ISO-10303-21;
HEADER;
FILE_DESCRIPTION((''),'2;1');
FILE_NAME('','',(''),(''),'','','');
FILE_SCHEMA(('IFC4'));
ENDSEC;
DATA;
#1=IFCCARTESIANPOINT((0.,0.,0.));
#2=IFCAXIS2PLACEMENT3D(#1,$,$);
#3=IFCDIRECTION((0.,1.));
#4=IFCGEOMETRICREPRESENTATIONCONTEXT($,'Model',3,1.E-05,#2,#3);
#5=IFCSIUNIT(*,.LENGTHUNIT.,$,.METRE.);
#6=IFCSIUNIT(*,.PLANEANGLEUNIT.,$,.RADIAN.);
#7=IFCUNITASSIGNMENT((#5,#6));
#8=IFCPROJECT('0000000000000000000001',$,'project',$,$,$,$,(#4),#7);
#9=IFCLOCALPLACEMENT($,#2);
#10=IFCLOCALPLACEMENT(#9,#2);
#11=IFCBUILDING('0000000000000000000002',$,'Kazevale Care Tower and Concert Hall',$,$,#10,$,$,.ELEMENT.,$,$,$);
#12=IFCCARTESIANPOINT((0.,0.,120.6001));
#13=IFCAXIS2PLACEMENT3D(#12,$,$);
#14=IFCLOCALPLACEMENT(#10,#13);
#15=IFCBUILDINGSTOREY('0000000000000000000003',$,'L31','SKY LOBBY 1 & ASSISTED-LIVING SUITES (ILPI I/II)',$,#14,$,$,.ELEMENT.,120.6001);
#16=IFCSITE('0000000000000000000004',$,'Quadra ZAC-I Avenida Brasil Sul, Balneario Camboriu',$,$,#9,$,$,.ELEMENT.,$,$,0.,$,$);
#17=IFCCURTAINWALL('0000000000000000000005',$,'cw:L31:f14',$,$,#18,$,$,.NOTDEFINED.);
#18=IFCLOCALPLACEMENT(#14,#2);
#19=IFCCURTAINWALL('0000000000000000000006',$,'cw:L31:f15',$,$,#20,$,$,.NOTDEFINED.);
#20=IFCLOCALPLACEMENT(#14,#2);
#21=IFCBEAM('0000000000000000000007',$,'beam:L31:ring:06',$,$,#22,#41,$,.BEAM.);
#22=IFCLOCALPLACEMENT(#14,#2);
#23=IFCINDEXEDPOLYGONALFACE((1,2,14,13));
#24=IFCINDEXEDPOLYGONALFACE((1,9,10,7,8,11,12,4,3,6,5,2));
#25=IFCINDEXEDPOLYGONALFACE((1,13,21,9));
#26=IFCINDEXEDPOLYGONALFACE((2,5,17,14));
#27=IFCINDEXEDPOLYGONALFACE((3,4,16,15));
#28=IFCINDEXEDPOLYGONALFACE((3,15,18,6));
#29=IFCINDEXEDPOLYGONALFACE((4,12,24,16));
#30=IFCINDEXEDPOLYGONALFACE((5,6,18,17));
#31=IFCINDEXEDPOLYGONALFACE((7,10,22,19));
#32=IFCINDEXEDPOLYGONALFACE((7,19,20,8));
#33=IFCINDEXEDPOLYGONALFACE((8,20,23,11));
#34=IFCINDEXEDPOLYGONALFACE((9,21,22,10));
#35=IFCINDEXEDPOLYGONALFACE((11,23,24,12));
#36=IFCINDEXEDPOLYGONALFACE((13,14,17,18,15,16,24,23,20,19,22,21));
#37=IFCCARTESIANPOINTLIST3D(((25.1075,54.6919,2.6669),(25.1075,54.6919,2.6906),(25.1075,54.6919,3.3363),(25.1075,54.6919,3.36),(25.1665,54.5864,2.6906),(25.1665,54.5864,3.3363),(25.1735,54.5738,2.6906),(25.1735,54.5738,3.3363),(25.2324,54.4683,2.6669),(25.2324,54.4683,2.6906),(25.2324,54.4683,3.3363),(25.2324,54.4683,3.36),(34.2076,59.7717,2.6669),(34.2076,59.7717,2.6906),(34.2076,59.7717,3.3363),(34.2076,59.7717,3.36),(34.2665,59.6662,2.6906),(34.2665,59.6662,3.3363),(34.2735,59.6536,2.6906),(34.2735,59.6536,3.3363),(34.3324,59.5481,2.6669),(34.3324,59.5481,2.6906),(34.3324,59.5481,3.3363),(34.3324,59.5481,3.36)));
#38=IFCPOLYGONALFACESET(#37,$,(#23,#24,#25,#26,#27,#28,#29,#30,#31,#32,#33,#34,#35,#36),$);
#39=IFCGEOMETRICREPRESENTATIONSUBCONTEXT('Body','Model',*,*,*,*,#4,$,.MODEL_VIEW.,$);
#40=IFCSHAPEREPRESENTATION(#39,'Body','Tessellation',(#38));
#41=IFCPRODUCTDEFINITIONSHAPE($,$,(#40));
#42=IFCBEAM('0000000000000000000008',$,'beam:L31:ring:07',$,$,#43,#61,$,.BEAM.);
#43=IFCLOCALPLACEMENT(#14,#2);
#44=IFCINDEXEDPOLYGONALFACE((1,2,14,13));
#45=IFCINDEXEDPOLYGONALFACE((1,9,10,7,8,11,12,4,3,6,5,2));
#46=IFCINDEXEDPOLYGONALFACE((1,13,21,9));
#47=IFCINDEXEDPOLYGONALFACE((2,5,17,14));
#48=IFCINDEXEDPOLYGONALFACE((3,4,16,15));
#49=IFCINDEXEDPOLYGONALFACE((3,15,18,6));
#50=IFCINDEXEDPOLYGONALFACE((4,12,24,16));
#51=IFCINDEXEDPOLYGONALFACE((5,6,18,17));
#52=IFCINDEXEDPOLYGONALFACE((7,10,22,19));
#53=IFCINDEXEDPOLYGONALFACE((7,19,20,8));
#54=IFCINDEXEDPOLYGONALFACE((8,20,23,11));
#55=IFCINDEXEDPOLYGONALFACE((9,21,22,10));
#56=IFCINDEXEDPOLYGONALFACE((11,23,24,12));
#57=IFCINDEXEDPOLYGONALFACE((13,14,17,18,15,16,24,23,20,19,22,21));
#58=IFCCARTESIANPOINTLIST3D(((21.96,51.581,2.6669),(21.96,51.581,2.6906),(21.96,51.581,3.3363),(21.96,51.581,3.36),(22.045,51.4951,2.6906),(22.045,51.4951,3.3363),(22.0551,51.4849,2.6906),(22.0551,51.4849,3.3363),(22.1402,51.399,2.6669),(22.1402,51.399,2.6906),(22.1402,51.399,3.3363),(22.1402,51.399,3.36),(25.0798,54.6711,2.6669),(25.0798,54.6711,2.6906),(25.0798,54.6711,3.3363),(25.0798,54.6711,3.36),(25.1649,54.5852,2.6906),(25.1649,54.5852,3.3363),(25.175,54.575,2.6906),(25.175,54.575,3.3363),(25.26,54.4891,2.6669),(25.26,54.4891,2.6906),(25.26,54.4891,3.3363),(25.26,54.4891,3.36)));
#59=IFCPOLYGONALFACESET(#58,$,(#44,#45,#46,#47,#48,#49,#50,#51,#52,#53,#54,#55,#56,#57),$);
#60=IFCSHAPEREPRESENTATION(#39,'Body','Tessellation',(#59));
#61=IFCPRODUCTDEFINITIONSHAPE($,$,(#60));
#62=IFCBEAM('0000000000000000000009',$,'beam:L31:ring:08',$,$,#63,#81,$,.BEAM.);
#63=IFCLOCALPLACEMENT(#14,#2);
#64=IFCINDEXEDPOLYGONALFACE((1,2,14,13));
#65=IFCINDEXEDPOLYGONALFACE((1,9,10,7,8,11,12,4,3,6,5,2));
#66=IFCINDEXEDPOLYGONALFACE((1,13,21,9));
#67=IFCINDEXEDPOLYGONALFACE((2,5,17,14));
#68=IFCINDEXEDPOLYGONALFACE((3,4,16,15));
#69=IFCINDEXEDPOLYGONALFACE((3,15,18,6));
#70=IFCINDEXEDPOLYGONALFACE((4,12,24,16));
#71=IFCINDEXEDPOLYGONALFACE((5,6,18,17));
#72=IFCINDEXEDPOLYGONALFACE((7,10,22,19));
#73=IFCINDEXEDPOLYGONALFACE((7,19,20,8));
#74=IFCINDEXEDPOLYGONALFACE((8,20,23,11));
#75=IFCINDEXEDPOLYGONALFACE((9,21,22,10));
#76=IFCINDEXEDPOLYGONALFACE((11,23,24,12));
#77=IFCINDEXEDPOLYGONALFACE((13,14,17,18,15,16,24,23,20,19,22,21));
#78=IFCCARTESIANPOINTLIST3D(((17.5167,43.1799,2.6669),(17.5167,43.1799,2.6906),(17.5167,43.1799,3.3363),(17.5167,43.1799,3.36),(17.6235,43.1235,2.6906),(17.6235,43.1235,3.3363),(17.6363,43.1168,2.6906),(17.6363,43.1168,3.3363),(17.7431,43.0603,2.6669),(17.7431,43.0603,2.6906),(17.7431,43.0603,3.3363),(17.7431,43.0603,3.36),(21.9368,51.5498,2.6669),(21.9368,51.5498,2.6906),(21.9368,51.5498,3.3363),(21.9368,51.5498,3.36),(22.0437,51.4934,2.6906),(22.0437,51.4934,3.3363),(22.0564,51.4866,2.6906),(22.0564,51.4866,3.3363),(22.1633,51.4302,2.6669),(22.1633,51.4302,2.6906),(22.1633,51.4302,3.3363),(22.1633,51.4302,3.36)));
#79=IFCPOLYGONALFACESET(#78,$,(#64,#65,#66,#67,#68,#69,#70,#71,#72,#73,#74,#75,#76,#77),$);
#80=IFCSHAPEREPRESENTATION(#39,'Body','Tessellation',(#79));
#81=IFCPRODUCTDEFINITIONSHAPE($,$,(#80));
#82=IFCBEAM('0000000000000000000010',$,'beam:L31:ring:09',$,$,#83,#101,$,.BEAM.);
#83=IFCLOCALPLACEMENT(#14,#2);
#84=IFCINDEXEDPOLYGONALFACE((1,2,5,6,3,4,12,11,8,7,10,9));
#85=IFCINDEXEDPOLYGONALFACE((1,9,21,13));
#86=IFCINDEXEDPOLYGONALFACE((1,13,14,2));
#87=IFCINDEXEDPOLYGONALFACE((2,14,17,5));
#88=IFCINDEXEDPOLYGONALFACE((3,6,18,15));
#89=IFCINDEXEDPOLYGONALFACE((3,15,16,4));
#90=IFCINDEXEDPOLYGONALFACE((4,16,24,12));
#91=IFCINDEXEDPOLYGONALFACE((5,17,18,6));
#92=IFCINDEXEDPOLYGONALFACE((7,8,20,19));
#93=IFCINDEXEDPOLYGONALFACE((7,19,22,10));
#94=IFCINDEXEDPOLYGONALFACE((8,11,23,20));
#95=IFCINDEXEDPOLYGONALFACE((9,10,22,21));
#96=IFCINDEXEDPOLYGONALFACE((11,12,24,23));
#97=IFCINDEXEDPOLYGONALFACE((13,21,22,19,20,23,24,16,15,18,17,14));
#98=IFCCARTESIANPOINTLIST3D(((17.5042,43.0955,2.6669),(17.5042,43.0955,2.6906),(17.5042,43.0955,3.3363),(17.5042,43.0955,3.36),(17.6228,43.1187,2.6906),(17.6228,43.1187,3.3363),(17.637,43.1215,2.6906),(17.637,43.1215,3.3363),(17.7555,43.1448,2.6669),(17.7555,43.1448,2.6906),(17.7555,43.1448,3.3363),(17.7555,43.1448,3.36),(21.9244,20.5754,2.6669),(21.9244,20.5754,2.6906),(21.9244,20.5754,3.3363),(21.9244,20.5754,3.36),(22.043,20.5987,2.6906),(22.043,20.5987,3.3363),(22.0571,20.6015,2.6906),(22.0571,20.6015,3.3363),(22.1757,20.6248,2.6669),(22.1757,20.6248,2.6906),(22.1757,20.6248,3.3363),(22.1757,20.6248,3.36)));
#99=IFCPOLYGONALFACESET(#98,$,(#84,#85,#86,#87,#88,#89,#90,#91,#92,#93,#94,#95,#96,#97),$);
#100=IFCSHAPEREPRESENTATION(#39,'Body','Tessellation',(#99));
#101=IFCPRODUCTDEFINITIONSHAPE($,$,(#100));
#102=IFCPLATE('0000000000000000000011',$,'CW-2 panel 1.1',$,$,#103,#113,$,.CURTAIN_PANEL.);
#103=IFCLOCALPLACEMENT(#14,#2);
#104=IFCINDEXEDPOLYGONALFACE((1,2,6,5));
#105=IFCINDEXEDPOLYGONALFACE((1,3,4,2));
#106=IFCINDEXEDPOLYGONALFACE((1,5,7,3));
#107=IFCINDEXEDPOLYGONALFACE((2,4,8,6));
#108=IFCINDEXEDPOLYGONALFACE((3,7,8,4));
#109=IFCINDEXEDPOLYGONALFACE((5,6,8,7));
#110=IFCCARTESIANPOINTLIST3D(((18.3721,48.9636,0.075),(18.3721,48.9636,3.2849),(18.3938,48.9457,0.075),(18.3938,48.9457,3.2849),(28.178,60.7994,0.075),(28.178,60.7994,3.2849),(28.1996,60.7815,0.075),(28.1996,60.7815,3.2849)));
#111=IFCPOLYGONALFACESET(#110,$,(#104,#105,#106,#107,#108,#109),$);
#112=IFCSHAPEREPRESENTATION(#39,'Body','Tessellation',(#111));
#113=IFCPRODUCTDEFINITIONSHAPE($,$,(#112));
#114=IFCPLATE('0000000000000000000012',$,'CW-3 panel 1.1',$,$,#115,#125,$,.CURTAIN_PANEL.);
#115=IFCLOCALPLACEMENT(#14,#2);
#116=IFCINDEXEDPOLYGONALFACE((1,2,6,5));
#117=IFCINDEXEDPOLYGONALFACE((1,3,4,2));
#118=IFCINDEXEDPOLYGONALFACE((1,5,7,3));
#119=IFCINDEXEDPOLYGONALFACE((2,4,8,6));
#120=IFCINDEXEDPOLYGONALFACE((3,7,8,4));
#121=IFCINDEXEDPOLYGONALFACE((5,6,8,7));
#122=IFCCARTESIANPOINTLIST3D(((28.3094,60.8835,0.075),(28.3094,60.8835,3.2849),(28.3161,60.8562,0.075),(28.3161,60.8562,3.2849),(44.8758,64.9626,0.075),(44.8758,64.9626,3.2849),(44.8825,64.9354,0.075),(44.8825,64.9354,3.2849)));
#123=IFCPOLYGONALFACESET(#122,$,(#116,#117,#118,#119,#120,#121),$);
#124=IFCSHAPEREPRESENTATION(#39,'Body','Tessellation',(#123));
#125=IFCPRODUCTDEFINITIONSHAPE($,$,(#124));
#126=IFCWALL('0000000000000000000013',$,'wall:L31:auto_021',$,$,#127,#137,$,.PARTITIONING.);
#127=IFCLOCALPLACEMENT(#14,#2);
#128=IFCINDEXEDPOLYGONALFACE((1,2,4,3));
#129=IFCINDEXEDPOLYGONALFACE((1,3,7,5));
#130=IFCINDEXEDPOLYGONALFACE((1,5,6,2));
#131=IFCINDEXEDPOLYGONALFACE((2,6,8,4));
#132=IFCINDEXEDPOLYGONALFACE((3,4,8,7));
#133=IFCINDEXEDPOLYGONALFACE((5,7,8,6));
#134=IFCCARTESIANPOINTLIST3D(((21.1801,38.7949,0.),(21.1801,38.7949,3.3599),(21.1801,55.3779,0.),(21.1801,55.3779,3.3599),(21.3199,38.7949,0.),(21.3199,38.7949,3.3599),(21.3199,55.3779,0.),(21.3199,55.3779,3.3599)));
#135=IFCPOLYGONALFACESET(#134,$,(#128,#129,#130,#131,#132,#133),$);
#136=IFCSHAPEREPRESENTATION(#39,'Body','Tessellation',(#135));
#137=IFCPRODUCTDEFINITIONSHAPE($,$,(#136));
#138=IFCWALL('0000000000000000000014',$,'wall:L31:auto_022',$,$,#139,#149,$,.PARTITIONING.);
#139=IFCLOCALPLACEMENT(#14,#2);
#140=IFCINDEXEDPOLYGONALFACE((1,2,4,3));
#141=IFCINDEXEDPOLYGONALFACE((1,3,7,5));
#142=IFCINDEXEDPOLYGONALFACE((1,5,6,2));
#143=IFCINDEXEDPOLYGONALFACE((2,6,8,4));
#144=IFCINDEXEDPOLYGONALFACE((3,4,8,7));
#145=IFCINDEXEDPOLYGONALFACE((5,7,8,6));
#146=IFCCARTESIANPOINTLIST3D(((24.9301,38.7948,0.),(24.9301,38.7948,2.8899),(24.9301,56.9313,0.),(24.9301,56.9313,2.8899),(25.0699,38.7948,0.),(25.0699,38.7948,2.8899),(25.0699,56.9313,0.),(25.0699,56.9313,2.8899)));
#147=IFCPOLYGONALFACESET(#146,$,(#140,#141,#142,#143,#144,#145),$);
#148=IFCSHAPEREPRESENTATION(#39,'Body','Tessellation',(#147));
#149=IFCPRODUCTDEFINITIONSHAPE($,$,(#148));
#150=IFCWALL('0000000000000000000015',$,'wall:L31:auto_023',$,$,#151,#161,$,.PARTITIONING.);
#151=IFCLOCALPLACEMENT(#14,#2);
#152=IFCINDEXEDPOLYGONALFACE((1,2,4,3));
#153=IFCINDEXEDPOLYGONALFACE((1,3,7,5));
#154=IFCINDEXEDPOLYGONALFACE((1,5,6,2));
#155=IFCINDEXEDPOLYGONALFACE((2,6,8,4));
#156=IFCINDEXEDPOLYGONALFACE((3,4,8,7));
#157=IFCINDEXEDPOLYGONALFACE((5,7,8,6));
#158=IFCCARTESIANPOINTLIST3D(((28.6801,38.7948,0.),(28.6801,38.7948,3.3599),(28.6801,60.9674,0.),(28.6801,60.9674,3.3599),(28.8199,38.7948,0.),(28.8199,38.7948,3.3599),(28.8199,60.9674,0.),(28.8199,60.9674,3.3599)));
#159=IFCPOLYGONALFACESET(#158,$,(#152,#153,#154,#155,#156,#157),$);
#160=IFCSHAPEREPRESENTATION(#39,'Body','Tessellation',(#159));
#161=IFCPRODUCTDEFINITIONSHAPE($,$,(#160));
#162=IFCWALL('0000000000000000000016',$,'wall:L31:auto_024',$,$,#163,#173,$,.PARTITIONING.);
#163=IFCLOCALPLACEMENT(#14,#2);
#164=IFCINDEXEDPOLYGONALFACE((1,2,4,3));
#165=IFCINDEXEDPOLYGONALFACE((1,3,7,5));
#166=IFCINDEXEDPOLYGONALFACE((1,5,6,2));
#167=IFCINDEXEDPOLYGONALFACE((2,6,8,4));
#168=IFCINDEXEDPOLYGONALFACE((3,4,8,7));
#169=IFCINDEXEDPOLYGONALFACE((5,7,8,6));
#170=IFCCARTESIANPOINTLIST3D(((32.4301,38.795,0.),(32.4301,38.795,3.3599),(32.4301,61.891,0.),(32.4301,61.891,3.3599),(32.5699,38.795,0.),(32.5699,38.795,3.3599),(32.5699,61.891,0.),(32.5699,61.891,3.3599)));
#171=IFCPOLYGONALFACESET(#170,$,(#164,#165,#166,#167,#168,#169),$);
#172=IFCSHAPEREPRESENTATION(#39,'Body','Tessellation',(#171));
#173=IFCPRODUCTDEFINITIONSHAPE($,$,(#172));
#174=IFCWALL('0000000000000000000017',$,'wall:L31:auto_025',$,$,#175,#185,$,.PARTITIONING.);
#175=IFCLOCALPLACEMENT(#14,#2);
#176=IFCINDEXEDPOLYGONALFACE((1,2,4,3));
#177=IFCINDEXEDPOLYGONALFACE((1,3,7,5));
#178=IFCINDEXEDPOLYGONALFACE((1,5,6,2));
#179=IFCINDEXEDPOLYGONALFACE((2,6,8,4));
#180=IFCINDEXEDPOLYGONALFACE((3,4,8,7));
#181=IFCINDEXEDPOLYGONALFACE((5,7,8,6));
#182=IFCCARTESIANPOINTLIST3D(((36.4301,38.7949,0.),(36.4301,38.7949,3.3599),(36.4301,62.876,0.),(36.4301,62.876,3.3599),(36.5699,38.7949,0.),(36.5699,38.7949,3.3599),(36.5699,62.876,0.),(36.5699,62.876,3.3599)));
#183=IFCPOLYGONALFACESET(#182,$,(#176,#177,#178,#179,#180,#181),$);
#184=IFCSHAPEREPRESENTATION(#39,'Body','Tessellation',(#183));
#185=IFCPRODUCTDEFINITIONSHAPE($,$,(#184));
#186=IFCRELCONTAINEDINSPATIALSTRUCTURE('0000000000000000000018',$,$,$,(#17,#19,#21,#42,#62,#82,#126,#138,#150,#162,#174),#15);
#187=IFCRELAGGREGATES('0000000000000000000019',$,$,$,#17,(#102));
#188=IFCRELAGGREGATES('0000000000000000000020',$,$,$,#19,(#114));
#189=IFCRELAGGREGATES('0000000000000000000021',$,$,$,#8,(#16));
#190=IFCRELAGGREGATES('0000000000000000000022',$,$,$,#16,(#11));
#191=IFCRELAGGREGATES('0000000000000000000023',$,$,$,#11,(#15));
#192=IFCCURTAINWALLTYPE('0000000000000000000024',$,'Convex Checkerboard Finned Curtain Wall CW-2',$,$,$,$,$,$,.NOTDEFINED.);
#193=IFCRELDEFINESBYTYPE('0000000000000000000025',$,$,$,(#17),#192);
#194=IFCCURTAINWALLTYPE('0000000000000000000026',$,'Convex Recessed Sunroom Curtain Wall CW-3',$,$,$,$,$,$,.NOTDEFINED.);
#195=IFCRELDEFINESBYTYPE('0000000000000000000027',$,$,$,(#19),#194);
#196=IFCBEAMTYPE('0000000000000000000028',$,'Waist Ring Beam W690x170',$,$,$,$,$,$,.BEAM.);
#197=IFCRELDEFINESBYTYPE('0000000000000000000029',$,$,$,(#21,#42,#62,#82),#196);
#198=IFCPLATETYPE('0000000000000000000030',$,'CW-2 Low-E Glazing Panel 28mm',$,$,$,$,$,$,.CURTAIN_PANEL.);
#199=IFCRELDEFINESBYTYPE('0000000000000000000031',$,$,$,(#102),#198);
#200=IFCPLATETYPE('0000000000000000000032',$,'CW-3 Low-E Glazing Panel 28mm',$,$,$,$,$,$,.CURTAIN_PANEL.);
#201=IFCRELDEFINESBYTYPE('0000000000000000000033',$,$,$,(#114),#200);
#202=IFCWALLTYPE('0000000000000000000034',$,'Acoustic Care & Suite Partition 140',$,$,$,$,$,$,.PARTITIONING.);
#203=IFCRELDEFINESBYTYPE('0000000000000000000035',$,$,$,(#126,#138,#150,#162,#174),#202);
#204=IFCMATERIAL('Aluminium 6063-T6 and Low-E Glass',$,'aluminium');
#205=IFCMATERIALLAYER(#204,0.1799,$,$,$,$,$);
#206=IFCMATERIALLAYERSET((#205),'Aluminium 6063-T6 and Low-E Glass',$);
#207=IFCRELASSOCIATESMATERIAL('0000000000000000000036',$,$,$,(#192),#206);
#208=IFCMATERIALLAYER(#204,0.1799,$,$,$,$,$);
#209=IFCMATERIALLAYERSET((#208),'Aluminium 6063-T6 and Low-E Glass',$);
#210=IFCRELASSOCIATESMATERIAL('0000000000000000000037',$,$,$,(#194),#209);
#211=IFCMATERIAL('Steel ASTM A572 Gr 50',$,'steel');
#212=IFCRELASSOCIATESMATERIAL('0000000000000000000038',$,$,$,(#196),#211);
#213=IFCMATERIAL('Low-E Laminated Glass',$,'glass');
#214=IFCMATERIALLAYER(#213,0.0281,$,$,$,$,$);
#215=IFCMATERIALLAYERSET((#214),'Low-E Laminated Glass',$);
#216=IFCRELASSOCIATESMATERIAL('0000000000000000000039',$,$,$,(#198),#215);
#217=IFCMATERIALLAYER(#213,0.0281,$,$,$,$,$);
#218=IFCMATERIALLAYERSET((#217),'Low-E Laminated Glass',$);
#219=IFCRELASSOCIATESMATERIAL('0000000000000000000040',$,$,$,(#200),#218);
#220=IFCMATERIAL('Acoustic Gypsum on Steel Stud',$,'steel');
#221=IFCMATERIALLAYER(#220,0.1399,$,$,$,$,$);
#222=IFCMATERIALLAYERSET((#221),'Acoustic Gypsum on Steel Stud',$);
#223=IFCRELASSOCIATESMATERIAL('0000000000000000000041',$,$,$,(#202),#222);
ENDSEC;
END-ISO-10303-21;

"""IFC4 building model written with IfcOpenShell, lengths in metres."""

from ifc_helpers import new_model, si_unit, direction, frame, frame_2d, origin, origin_2d, place, context, subcontext, project, spatial, rectangle, i_section, extrude, material, layer, layer_set, material_profile, profile_set, type_object, element, aggregate, save


model = new_model("IFC4")

# Units and contexts
model_context = context("Model", 3, precision=1e-05, world=origin(), true_north=direction((0.0, 1.0)))
body_context = subcontext(model_context, "Body", "Model", "MODEL_VIEW")
ifc_project = project(units=[si_unit("LENGTHUNIT", "METRE"), si_unit("PLANEANGLEUNIT", "RADIAN")], contexts=[model_context])

# Site, building, storey
site_placement = place(None, origin())
site = spatial("IfcSite", under=ifc_project, at=site_placement, Name="Quadra ZAC-I Avenida Brasil Sul, Balneario Camboriu", CompositionType="ELEMENT", RefElevation=0.0)
building_placement = place(site_placement, origin())
building = spatial("IfcBuilding", under=site, at=building_placement, Name="Kazevale Care Tower and Concert Hall", CompositionType="ELEMENT")
storey_placement = place(building_placement, frame((0.0, 0.0, 120.6001)))
storey = spatial("IfcBuildingStorey", under=building, at=storey_placement, Name="L31", Description="SKY LOBBY 1 & ASSISTED-LIVING SUITES (ILPI I/II)", CompositionType="ELEMENT", Elevation=120.6001)

# Curtain walls
ifc_material_1 = material(Name="Aluminium 6063-T6 and Low-E Glass", Category="aluminium")
ifc_layer_1 = layer(ifc_material_1, 0.1799)
ifc_layer_set_1 = layer_set([ifc_layer_1], Name="Aluminium 6063-T6 and Low-E Glass")
curtain_wall_type_1 = type_object("IfcCurtainWallType", Name="Convex Checkerboard Finned Curtain Wall CW-2", PredefinedType="NOTDEFINED", material=ifc_layer_set_1)
curtain_wall_1_placement = place(storey_placement, origin())
curtain_wall_1 = element("IfcCurtainWall", 1, at=curtain_wall_1_placement, inside=storey, type_object=curtain_wall_type_1, Name="cw:L31:f14", PredefinedType="NOTDEFINED")
ifc_layer_2 = layer(ifc_material_1, 0.1799)
ifc_layer_set_2 = layer_set([ifc_layer_2], Name="Aluminium 6063-T6 and Low-E Glass")
curtain_wall_type_2 = type_object("IfcCurtainWallType", Name="Convex Recessed Sunroom Curtain Wall CW-3", PredefinedType="NOTDEFINED", material=ifc_layer_set_2)
curtain_wall_2_placement = place(storey_placement, origin())
curtain_wall_2 = element("IfcCurtainWall", 2, at=curtain_wall_2_placement, inside=storey, type_object=curtain_wall_type_2, Name="cw:L31:f15", PredefinedType="NOTDEFINED")

# Beams
ifc_material_2 = material(Name="Steel ASTM A572 Gr 50", Category="steel")
ifc_material_profile_1 = material_profile(ifc_material_2, i_section(OverallWidth=0.2561, OverallDepth=0.6931, WebThickness=0.0144, FlangeThickness=0.0237, at=origin_2d()), Name="W690x170")
ifc_profile_set_1 = profile_set([ifc_material_profile_1], Name="Steel ASTM A572 Gr 50")
beam_type_1 = type_object("IfcBeamType", Name="Waist Ring Beam W690x170", PredefinedType="BEAM", material=ifc_profile_set_1)
beam_1_placement = place(storey_placement, frame((34.27, 59.6599, 3.0134), z_axis=(-0.873169, -0.487418, 0.0), x_axis=(0.487418, -0.873169, 0.0)))
element("IfcBeam", 3, at=beam_1_placement, inside=storey, type_object=beam_type_1, Name="beam:L31:ring:06", PredefinedType="BEAM", context=body_context, shape_type="SweptSolid", body=[
    extrude(i_section(OverallWidth=0.2561, OverallDepth=0.6931, WebThickness=0.0144, FlangeThickness=0.0237, at=origin_2d()), origin(), (0.0, 0.0, 1.0), 10.4219),
])
beam_2_placement = place(storey_placement, frame((25.1699, 54.5801, 3.0134), z_axis=(-0.71049, -0.703707, 0.0), x_axis=(0.703707, -0.71049, 0.0)))
element("IfcBeam", 4, at=beam_2_placement, inside=storey, type_object=beam_type_1, Name="beam:L31:ring:07", PredefinedType="BEAM", context=body_context, shape_type="SweptSolid", body=[
    extrude(i_section(OverallWidth=0.2561, OverallDepth=0.6931, WebThickness=0.0144, FlangeThickness=0.0237, at=origin_2d()), origin(), (0.0, 0.0, 1.0), 4.3911),
])
beam_3_placement = place(storey_placement, frame((22.05, 51.49, 3.0134), z_axis=(-0.466984, -0.884266, 0.0), x_axis=(0.884266, -0.466984, 0.0)))
element("IfcBeam", 5, at=beam_3_placement, inside=storey, type_object=beam_type_1, Name="beam:L31:ring:08", PredefinedType="BEAM", context=body_context, shape_type="SweptSolid", body=[
    extrude(i_section(OverallWidth=0.2561, OverallDepth=0.6931, WebThickness=0.0144, FlangeThickness=0.0237, at=origin_2d()), origin(), (0.0, 0.0, 1.0), 9.4653),
])
beam_4_placement = place(storey_placement, frame((17.6299, 43.1201, 3.0134), z_axis=(0.192602, -0.981277, 0.0), x_axis=(0.981277, 0.192602, 0.0)))
element("IfcBeam", 6, at=beam_4_placement, inside=storey, type_object=beam_type_1, Name="beam:L31:ring:09", PredefinedType="BEAM", context=body_context, shape_type="SweptSolid", body=[
    extrude(i_section(OverallWidth=0.2561, OverallDepth=0.6931, WebThickness=0.0144, FlangeThickness=0.0237, at=origin_2d()), origin(), (0.0, 0.0, 1.0), 22.9497),
])

# Plates
ifc_material_3 = material(Name="Low-E Laminated Glass", Category="glass")
ifc_layer_3 = layer(ifc_material_3, 0.0281)
ifc_layer_set_3 = layer_set([ifc_layer_3], Name="Low-E Laminated Glass")
plate_type_1 = type_object("IfcPlateType", Name="CW-2 Low-E Glazing Panel 28mm", PredefinedType="CURTAIN_PANEL", material=ifc_layer_set_3)
plate_1_placement = place(storey_placement, frame((23.2859, 54.8726, 0.075), z_axis=(0.0, 0.0, 1.0), x_axis=(0.637984, 0.77005, 0.0)))
plate_1 = element("IfcPlate", 7, at=plate_1_placement, type_object=plate_type_1, Name="CW-2 panel 1.1", PredefinedType="CURTAIN_PANEL", context=body_context, shape_type="SweptSolid", body=[
    extrude(rectangle(XDim=15.3701, YDim=0.0281, at=origin_2d()), origin(), (0.0, 0.0, 1.0), 3.21),
])
aggregate(curtain_wall_1, [plate_1])
ifc_layer_4 = layer(ifc_material_3, 0.0281)
ifc_layer_set_4 = layer_set([ifc_layer_4], Name="Low-E Laminated Glass")
plate_type_2 = type_object("IfcPlateType", Name="CW-3 Low-E Glazing Panel 28mm", PredefinedType="CURTAIN_PANEL", material=ifc_layer_set_4)
plate_2_placement = place(storey_placement, frame((36.5959, 62.9094, 0.075), z_axis=(0.0, 0.0, 1.0), x_axis=(0.970998, 0.239089, 0.0)))
plate_2 = element("IfcPlate", 8, at=plate_2_placement, type_object=plate_type_2, Name="CW-3 panel 1.1", PredefinedType="CURTAIN_PANEL", context=body_context, shape_type="SweptSolid", body=[
    extrude(rectangle(XDim=17.0613, YDim=0.0281, at=origin_2d()), origin(), (0.0, 0.0, 1.0), 3.21),
])
aggregate(curtain_wall_2, [plate_2])

# Walls
ifc_material_4 = material(Name="Acoustic Gypsum on Steel Stud", Category="steel")
ifc_layer_5 = layer(ifc_material_4, 0.1399)
ifc_layer_set_5 = layer_set([ifc_layer_5], Name="Acoustic Gypsum on Steel Stud")
wall_type_1 = type_object("IfcWallType", Name="Acoustic Care & Suite Partition 140", PredefinedType="PARTITIONING", material=ifc_layer_set_5)
wall_1_placement = place(storey_placement, frame((21.25, 55.3779, 0.0), z_axis=(0.0, 0.0, 1.0), x_axis=(0.0, -1.0, 0.0)))
element("IfcWall", 9, at=wall_1_placement, inside=storey, type_object=wall_type_1, Name="wall:L31:auto_021", PredefinedType="PARTITIONING", context=body_context, shape_type="SweptSolid", body=[
    extrude(rectangle(XDim=16.583, YDim=0.1399, at=frame_2d((8.2915, 0.0))), origin(), (0.0, 0.0, 1.0), 3.3599),
])
wall_2_placement = place(storey_placement, frame((25.0, 56.9314, 0.0), z_axis=(0.0, 0.0, 1.0), x_axis=(0.0, -1.0, 0.0)))
element("IfcWall", 10, at=wall_2_placement, inside=storey, type_object=wall_type_1, Name="wall:L31:auto_022", PredefinedType="PARTITIONING", context=body_context, shape_type="SweptSolid", body=[
    extrude(rectangle(XDim=18.1365, YDim=0.1399, at=frame_2d((9.0684, 0.0))), origin(), (0.0, 0.0, 1.0), 2.8899),
])
wall_3_placement = place(storey_placement, frame((28.75, 60.9675, 0.0), z_axis=(0.0, 0.0, 1.0), x_axis=(0.0, -1.0, 0.0)))
element("IfcWall", 11, at=wall_3_placement, inside=storey, type_object=wall_type_1, Name="wall:L31:auto_023", PredefinedType="PARTITIONING", context=body_context, shape_type="SweptSolid", body=[
    extrude(rectangle(XDim=22.1726, YDim=0.1399, at=frame_2d((11.0864, 0.0))), origin(), (0.0, 0.0, 1.0), 3.3599),
])
wall_4_placement = place(storey_placement, frame((32.5, 61.8909, 0.0), z_axis=(0.0, 0.0, 1.0), x_axis=(0.0, -1.0, 0.0)))
element("IfcWall", 12, at=wall_4_placement, inside=storey, type_object=wall_type_1, Name="wall:L31:auto_024", PredefinedType="PARTITIONING", context=body_context, shape_type="SweptSolid", body=[
    extrude(rectangle(XDim=23.0959, YDim=0.1399, at=frame_2d((11.5479, 0.0))), origin(), (0.0, 0.0, 1.0), 3.3599),
])
wall_5_placement = place(storey_placement, frame((36.5, 62.876, 0.0), z_axis=(0.0, 0.0, 1.0), x_axis=(0.0, -1.0, 0.0)))
element("IfcWall", 13, at=wall_5_placement, inside=storey, type_object=wall_type_1, Name="wall:L31:auto_025", PredefinedType="PARTITIONING", context=body_context, shape_type="SweptSolid", body=[
    extrude(rectangle(XDim=24.0811, YDim=0.1399, at=frame_2d((12.0405, 0.0))), origin(), (0.0, 0.0, 1.0), 3.3599),
])

save(model, "model.ifc")
